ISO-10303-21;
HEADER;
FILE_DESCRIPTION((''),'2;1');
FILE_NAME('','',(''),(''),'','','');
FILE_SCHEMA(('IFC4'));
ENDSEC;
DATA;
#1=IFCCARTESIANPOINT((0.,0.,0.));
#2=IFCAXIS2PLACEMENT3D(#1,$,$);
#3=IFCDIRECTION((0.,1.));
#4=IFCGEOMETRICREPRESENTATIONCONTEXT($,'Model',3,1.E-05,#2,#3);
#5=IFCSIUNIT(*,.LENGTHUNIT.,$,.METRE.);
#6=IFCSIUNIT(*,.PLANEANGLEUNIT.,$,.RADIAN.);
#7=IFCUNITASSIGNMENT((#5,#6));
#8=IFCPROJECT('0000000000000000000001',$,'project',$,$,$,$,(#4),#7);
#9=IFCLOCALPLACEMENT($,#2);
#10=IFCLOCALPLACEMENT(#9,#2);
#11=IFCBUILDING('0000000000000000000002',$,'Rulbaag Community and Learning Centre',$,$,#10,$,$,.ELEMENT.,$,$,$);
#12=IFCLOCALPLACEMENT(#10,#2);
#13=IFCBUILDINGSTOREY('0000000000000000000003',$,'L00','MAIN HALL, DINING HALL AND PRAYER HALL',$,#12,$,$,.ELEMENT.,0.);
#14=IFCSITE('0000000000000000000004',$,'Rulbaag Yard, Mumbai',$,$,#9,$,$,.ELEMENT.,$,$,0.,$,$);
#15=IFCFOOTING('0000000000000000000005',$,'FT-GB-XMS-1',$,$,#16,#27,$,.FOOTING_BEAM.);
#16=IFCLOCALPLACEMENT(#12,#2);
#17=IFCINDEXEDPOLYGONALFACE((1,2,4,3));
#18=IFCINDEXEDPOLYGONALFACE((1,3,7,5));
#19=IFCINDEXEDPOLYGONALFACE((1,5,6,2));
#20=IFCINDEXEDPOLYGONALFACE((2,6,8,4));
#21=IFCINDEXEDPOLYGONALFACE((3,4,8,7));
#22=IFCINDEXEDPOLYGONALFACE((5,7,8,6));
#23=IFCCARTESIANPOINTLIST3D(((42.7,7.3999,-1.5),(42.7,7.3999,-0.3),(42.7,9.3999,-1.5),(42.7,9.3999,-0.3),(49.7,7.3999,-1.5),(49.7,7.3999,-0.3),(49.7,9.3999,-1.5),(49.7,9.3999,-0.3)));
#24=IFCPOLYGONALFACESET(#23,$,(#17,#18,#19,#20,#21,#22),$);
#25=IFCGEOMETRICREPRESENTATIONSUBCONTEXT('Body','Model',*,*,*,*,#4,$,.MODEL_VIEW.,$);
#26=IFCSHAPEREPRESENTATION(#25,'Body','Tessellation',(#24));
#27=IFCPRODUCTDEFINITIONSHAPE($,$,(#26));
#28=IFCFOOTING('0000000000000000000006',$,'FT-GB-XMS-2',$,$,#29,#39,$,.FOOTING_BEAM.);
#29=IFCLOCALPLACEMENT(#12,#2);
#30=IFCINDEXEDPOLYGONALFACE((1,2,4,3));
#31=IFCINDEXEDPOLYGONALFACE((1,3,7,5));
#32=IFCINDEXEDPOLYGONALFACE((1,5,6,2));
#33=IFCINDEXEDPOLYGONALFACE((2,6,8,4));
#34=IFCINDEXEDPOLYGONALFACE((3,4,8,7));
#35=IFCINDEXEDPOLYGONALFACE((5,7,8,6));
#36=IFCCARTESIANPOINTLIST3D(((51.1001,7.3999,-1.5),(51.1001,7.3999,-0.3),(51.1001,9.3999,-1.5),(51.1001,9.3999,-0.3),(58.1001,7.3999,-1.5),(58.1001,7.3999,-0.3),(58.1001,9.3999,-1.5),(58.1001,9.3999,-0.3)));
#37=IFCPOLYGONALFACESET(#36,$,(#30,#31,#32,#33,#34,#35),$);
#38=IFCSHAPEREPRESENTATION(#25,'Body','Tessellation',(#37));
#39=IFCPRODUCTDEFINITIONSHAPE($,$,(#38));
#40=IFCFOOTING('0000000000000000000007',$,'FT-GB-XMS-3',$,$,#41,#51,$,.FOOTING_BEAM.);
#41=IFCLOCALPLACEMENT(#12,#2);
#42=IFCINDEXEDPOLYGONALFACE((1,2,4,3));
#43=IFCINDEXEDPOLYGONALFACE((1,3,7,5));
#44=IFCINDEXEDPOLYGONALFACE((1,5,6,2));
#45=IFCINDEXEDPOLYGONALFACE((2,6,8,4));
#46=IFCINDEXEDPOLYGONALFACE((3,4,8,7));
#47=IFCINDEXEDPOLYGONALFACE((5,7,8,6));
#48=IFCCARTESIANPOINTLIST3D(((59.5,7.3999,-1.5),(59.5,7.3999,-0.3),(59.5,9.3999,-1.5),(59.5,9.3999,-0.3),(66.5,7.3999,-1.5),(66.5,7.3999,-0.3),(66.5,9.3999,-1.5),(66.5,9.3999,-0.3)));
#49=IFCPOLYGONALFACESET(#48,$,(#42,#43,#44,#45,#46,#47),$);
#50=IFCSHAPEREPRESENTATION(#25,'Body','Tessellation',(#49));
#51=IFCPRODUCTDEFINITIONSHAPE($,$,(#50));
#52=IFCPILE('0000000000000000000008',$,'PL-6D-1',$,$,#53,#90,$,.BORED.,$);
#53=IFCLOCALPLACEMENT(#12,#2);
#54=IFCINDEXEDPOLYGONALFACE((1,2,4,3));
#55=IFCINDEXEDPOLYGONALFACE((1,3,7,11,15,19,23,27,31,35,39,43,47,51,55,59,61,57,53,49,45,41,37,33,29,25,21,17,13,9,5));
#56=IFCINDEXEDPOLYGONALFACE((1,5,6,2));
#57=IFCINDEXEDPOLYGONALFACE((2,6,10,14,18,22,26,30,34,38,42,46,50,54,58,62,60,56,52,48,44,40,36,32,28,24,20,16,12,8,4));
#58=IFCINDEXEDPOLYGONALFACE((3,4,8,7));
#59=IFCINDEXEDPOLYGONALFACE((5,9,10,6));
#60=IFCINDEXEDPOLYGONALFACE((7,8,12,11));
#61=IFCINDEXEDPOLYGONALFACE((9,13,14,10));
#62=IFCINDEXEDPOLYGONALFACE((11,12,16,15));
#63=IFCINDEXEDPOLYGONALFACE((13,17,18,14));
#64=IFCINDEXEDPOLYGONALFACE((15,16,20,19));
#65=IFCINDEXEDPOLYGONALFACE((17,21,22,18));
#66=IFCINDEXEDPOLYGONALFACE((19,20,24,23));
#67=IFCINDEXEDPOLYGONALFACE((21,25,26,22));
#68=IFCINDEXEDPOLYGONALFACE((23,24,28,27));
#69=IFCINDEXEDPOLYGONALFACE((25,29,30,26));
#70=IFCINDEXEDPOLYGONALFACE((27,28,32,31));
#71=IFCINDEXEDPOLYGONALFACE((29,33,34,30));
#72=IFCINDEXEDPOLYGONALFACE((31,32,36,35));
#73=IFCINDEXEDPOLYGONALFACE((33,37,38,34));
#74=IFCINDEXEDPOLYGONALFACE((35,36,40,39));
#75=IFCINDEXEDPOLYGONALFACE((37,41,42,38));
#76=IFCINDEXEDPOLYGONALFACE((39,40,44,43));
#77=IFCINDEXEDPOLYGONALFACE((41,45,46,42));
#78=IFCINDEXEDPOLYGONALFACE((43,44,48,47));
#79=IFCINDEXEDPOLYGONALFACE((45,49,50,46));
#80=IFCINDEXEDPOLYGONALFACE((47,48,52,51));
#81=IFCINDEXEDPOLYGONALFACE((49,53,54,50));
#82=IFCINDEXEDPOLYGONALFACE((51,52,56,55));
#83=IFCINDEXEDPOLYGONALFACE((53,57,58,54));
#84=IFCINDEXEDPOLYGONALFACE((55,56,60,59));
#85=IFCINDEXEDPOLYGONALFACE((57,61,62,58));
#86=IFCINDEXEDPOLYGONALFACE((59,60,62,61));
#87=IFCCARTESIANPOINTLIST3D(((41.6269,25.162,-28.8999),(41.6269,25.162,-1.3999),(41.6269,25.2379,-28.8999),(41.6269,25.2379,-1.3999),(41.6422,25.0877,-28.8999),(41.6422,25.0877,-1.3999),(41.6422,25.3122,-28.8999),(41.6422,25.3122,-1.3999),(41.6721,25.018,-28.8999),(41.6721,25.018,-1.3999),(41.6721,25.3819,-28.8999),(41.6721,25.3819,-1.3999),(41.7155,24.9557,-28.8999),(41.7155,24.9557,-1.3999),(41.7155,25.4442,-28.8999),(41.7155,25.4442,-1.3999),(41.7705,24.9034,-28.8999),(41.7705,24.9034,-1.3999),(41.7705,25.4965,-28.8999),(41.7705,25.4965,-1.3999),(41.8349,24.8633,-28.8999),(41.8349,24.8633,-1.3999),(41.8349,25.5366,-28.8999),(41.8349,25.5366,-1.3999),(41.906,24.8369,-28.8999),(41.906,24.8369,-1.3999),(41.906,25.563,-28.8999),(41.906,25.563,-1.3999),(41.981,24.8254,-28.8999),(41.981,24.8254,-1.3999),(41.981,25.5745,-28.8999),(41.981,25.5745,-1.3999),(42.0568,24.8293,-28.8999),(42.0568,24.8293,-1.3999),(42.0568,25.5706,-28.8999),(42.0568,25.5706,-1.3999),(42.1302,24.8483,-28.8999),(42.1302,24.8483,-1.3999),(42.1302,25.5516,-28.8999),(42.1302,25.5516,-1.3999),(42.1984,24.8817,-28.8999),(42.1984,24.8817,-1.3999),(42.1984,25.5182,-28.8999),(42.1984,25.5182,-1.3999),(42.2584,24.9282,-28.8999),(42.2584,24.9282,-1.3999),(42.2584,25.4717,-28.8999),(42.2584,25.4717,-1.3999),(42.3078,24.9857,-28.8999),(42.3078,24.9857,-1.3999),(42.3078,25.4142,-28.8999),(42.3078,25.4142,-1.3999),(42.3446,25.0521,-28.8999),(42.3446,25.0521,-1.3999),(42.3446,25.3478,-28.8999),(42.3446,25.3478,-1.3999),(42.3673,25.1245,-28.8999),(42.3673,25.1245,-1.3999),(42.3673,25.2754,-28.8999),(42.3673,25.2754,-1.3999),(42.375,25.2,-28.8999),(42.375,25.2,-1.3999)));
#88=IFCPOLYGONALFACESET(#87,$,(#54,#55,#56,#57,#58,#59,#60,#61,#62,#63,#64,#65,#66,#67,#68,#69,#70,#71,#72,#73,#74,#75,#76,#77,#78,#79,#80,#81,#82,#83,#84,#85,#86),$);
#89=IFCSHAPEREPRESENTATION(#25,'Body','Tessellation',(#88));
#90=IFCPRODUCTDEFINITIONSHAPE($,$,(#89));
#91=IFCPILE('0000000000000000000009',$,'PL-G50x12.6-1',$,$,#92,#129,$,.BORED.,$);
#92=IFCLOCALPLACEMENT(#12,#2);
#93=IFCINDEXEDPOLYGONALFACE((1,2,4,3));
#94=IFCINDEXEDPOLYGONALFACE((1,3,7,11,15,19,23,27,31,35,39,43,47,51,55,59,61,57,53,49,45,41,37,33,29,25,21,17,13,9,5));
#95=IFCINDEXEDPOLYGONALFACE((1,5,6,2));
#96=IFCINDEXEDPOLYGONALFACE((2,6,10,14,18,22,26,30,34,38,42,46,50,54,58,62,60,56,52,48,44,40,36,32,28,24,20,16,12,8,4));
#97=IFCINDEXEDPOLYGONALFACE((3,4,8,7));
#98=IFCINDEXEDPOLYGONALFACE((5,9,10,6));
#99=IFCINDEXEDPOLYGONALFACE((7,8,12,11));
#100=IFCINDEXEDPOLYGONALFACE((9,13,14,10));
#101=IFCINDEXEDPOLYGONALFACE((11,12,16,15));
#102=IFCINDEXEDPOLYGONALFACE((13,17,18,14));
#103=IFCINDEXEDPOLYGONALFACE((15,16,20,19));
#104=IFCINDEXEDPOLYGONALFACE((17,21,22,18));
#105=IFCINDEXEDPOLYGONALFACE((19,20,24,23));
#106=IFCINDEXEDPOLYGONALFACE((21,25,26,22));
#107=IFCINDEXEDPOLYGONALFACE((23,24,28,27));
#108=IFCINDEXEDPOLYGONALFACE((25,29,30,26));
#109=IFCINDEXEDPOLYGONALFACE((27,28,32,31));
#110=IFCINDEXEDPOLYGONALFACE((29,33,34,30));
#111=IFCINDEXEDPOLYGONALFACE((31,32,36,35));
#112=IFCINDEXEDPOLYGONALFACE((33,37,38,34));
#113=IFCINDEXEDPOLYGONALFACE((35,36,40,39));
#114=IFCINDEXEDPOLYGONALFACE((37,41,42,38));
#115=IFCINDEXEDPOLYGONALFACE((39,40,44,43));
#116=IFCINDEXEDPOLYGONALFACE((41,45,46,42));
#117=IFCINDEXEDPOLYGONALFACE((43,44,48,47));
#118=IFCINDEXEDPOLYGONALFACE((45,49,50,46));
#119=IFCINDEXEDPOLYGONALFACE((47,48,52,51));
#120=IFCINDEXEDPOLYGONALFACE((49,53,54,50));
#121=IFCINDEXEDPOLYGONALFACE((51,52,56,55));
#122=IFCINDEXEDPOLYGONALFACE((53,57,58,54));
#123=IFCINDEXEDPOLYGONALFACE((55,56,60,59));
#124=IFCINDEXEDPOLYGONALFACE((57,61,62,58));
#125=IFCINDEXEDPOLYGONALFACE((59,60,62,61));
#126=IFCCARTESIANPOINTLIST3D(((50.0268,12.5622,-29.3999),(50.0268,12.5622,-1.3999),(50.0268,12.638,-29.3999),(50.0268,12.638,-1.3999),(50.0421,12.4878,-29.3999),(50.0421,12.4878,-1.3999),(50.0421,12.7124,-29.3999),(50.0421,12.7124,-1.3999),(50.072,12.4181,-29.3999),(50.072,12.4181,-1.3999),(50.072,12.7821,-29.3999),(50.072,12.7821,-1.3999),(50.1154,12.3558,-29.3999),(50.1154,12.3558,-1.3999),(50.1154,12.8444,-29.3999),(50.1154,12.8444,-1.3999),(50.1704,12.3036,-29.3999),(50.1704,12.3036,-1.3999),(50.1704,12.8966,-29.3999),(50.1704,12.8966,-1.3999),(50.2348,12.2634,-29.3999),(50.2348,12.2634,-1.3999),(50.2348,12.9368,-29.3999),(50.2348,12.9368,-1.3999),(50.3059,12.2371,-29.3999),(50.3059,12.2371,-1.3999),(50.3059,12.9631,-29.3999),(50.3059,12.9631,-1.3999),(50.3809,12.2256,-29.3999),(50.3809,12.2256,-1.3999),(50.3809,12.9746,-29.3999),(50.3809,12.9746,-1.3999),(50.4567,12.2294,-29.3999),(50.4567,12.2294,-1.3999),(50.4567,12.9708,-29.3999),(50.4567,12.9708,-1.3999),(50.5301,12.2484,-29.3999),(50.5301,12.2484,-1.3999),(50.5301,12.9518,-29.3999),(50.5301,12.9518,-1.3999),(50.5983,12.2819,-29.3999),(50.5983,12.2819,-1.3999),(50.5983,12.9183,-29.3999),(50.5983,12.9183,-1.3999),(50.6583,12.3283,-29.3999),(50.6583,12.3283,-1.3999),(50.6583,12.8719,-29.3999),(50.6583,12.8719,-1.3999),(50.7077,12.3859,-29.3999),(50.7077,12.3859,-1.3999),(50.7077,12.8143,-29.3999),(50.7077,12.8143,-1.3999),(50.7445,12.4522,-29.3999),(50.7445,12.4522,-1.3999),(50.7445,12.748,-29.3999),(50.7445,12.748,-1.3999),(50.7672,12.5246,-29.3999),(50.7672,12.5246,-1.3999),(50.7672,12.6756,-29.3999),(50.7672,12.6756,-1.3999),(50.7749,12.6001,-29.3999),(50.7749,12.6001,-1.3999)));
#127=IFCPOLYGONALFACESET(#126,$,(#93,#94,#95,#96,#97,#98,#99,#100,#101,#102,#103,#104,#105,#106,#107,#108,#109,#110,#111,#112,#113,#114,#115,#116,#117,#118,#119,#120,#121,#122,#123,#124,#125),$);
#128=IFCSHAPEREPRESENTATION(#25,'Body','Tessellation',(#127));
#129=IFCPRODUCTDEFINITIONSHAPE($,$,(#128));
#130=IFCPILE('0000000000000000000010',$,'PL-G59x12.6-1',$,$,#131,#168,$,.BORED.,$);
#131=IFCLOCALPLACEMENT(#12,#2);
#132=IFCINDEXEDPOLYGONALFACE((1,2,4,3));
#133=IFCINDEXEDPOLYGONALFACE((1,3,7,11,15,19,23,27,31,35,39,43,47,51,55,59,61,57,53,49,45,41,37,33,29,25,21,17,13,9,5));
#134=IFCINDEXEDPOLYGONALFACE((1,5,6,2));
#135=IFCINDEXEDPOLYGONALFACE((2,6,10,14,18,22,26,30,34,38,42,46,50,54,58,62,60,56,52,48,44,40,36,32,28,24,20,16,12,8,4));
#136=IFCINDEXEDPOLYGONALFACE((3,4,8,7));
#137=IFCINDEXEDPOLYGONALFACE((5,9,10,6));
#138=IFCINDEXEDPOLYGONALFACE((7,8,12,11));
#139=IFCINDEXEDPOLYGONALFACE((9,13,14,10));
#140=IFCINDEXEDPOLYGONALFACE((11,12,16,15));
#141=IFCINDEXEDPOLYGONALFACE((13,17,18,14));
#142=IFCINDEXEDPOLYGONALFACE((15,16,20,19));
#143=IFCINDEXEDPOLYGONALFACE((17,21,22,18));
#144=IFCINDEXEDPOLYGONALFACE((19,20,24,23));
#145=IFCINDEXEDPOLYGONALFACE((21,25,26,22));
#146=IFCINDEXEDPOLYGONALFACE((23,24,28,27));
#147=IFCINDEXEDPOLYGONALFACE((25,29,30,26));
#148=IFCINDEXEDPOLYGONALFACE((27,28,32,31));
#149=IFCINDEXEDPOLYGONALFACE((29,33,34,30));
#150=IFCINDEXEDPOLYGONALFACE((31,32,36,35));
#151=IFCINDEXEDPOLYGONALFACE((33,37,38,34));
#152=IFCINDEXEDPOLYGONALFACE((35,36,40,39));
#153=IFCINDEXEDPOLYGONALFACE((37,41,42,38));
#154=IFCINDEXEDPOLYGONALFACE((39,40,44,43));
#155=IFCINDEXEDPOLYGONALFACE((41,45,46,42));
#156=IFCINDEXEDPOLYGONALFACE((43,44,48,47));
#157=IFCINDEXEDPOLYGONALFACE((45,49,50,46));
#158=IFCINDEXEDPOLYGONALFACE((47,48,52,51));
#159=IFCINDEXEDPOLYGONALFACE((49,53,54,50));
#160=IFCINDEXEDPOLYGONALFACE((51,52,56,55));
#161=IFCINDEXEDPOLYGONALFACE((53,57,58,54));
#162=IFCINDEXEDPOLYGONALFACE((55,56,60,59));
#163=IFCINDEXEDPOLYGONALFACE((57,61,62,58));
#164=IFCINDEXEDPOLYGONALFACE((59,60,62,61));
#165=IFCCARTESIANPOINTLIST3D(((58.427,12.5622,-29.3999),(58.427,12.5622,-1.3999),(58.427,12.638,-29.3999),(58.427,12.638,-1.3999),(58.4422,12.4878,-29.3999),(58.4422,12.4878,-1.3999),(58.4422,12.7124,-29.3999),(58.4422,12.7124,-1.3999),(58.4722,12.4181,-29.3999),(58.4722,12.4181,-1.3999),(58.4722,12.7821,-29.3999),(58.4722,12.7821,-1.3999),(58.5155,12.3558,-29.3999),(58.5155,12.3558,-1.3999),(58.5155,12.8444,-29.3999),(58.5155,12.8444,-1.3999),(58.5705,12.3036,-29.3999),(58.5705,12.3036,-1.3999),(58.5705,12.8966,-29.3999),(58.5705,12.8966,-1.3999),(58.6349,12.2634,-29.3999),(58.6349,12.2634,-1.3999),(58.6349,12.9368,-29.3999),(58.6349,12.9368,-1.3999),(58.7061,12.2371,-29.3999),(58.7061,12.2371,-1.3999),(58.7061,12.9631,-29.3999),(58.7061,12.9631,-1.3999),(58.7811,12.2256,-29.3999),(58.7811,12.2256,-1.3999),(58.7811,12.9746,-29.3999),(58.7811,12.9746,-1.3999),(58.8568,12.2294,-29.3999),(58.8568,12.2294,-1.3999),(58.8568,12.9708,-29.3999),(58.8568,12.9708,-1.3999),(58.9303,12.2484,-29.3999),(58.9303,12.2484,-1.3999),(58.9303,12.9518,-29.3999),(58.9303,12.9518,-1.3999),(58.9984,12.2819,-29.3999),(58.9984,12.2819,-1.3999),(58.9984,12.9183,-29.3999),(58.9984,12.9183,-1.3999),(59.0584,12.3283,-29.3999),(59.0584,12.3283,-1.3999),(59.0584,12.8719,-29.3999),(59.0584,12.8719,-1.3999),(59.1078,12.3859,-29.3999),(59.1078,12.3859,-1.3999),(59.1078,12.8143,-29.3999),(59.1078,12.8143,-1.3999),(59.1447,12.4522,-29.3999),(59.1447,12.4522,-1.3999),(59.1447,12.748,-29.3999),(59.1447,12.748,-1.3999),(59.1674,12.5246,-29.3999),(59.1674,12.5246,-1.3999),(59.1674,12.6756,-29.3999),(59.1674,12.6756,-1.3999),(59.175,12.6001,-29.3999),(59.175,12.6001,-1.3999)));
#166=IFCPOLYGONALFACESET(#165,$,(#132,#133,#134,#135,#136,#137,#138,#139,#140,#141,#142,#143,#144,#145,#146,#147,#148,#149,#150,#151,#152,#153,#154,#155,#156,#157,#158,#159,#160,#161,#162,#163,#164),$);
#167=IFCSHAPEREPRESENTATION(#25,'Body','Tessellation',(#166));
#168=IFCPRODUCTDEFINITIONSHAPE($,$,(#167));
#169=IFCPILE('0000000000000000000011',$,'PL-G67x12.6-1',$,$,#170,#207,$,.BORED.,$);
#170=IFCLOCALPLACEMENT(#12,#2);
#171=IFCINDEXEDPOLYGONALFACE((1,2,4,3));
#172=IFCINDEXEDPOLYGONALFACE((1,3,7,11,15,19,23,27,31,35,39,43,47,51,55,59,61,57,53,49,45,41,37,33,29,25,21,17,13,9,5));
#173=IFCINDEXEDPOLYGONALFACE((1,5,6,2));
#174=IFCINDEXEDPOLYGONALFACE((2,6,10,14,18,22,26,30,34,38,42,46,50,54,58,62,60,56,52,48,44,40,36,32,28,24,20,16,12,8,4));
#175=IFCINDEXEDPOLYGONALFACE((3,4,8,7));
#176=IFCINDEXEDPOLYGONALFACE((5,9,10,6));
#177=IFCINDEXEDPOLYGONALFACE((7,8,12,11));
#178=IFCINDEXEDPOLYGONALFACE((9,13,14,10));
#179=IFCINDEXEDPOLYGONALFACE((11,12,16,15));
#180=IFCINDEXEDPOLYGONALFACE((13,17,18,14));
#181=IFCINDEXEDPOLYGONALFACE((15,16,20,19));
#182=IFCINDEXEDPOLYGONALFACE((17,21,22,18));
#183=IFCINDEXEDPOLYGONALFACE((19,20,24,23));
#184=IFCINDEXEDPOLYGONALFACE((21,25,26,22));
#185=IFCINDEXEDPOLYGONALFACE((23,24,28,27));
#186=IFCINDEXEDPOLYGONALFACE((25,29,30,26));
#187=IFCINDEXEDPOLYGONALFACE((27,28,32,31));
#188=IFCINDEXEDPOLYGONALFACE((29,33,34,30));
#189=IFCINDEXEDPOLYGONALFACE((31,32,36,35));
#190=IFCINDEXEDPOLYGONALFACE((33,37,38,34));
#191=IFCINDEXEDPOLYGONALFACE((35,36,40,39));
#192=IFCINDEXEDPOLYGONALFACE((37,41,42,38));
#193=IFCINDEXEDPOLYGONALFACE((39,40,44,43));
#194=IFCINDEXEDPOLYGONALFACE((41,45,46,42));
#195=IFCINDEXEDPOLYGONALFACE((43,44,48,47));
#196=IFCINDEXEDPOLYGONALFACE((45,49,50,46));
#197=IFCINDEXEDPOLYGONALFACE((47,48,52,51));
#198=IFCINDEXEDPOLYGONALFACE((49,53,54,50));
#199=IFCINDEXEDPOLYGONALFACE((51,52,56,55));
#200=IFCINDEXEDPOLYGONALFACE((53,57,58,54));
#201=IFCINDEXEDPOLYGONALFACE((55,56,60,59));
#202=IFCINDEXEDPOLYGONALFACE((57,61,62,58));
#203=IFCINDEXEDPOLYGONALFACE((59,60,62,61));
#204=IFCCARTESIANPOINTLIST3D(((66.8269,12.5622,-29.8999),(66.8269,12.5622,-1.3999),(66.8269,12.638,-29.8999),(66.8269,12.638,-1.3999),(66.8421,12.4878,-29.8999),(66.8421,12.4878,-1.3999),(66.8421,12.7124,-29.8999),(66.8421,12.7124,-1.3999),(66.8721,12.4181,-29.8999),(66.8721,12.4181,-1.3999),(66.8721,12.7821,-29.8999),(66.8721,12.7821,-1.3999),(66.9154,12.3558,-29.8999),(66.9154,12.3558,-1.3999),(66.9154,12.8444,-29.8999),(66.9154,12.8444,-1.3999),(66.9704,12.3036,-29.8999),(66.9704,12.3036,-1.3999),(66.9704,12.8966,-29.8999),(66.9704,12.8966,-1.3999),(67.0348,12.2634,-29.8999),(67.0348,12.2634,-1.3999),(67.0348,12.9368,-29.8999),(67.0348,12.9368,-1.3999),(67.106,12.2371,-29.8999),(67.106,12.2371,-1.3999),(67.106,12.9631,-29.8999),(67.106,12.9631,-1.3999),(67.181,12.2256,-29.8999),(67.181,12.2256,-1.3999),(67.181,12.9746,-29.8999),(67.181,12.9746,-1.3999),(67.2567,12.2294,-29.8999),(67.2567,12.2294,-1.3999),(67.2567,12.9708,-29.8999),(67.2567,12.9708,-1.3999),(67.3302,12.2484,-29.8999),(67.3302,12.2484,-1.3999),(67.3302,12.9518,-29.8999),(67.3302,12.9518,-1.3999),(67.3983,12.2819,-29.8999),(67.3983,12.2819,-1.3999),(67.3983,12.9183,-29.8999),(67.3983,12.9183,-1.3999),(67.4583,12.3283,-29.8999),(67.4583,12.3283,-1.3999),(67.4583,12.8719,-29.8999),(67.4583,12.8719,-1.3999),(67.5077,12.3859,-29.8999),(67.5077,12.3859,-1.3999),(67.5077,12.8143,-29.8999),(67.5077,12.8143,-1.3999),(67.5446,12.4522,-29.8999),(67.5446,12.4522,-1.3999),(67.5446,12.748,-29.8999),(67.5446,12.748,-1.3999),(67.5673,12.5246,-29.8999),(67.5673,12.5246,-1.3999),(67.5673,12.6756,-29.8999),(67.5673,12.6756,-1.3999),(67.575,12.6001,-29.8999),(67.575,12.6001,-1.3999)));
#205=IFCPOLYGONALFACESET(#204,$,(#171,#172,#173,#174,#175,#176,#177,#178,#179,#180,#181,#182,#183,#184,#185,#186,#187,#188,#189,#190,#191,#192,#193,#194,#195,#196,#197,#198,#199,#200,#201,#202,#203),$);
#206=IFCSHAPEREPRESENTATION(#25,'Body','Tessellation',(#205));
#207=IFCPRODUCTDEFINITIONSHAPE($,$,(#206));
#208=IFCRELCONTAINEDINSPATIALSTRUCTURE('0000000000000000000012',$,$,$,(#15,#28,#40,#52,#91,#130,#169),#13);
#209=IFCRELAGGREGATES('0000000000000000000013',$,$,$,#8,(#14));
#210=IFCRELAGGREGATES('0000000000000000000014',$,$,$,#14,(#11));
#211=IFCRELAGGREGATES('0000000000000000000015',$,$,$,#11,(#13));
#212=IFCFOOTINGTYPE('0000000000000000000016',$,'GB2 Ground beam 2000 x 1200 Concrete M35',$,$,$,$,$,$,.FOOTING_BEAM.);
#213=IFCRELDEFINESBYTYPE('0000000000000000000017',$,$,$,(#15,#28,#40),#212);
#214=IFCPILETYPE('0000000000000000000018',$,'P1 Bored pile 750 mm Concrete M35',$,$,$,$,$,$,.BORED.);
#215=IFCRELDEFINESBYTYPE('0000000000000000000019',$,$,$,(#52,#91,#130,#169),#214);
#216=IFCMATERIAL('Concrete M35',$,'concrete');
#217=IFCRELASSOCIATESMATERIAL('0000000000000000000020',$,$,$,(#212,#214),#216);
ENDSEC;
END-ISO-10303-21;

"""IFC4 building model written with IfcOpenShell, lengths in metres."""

from ifc_helpers import new_model, si_unit, direction, frame, origin, origin_2d, place, context, subcontext, project, spatial, rectangle, circle, extrude, material, material_profile, profile_set, type_object, element, save


model = new_model("IFC4")

# Units and contexts
model_context = context("Model", 3, precision=1e-05, world=origin(), true_north=direction((0.0, 1.0)))
body_context = subcontext(model_context, "Body", "Model", "MODEL_VIEW")
ifc_project = project(units=[si_unit("LENGTHUNIT", "METRE"), si_unit("PLANEANGLEUNIT", "RADIAN")], contexts=[model_context])

# Site, building, storey
site_placement = place(None, origin())
site = spatial("IfcSite", under=ifc_project, at=site_placement, Name="Rulbaag Yard, Mumbai", CompositionType="ELEMENT", RefElevation=0.0)
building_placement = place(site_placement, origin())
building = spatial("IfcBuilding", under=site, at=building_placement, Name="Rulbaag Community and Learning Centre", CompositionType="ELEMENT")
storey_placement = place(building_placement, origin())
storey = spatial("IfcBuildingStorey", under=building, at=storey_placement, Name="L00", Description="MAIN HALL, DINING HALL AND PRAYER HALL", CompositionType="ELEMENT", Elevation=0.0)

# Footings
ifc_material_1 = material(Name="Concrete M35", Category="concrete")
footing_type_1 = type_object("IfcFootingType", Name="GB2 Ground beam 2000 x 1200 Concrete M35", PredefinedType="FOOTING_BEAM", material=ifc_material_1)
for number, where, z_axis, x_axis, name in (
    (1, (46.2, 8.3999, -1.5), (0.0, 0.0, 1.0), (1.0, 0.0, 0.0), "FT-GB-XMS-1"),
    (2, (54.6001, 8.3999, -1.5), (0.0, 0.0, 1.0), (1.0, 0.0, 0.0), "FT-GB-XMS-2"),
    (3, (63.0, 8.3999, -1.5), (0.0, 0.0, 1.0), (1.0, 0.0, 0.0), "FT-GB-XMS-3"),
):
    element("IfcFooting", number, at=place(storey_placement, frame(where, z_axis=z_axis, x_axis=x_axis)), inside=storey, type_object=footing_type_1, Name=name, PredefinedType="FOOTING_BEAM", context=body_context, shape_type="SweptSolid", body=[
        extrude(rectangle(XDim=7.0, YDim=2.0, at=origin_2d()), origin(), (0.0, 0.0, 1.0), 1.2),
    ])

# Piles
ifc_material_profile_1 = material_profile(ifc_material_1, circle(Radius=0.375, at=origin_2d()), Name="BP750")
ifc_profile_set_1 = profile_set([ifc_material_profile_1], Name="Concrete M35")
pile_type_1 = type_object("IfcPileType", Name="P1 Bored pile 750 mm Concrete M35", PredefinedType="BORED", material=ifc_profile_set_1)
pile_1_placement = place(storey_placement, frame((42.0, 25.2, -1.3999), z_axis=(0.0, 0.0, -1.0), x_axis=(1.0, 0.0, 0.0)))
element("IfcPile", 4, at=pile_1_placement, inside=storey, type_object=pile_type_1, Name="PL-6D-1", PredefinedType="BORED", context=body_context, shape_type="SweptSolid", body=[
    extrude(circle(Radius=0.375, at=origin_2d()), origin(), (0.0, 0.0, 1.0), 27.5),
])
for number, where, z_axis, x_axis, name in (
    (5, (50.3999, 12.6001, -1.3999), (0.0, 0.0, -1.0), (1.0, 0.0, 0.0), "PL-G50x12.6-1"),
    (6, (58.8, 12.6001, -1.3999), (0.0, 0.0, -1.0), (1.0, 0.0, 0.0), "PL-G59x12.6-1"),
):
    element("IfcPile", number, at=place(storey_placement, frame(where, z_axis=z_axis, x_axis=x_axis)), inside=storey, type_object=pile_type_1, Name=name, PredefinedType="BORED", context=body_context, shape_type="SweptSolid", body=[
        extrude(circle(Radius=0.375, at=origin_2d()), origin(), (0.0, 0.0, 1.0), 28.0),
    ])
pile_2_placement = place(storey_placement, frame((67.2, 12.6001, -1.3999), z_axis=(0.0, 0.0, -1.0), x_axis=(1.0, 0.0, 0.0)))
element("IfcPile", 7, at=pile_2_placement, inside=storey, type_object=pile_type_1, Name="PL-G67x12.6-1", PredefinedType="BORED", context=body_context, shape_type="SweptSolid", body=[
    extrude(circle(Radius=0.375, at=origin_2d()), origin(), (0.0, 0.0, 1.0), 28.5),
])

save(model, "model.ifc")
